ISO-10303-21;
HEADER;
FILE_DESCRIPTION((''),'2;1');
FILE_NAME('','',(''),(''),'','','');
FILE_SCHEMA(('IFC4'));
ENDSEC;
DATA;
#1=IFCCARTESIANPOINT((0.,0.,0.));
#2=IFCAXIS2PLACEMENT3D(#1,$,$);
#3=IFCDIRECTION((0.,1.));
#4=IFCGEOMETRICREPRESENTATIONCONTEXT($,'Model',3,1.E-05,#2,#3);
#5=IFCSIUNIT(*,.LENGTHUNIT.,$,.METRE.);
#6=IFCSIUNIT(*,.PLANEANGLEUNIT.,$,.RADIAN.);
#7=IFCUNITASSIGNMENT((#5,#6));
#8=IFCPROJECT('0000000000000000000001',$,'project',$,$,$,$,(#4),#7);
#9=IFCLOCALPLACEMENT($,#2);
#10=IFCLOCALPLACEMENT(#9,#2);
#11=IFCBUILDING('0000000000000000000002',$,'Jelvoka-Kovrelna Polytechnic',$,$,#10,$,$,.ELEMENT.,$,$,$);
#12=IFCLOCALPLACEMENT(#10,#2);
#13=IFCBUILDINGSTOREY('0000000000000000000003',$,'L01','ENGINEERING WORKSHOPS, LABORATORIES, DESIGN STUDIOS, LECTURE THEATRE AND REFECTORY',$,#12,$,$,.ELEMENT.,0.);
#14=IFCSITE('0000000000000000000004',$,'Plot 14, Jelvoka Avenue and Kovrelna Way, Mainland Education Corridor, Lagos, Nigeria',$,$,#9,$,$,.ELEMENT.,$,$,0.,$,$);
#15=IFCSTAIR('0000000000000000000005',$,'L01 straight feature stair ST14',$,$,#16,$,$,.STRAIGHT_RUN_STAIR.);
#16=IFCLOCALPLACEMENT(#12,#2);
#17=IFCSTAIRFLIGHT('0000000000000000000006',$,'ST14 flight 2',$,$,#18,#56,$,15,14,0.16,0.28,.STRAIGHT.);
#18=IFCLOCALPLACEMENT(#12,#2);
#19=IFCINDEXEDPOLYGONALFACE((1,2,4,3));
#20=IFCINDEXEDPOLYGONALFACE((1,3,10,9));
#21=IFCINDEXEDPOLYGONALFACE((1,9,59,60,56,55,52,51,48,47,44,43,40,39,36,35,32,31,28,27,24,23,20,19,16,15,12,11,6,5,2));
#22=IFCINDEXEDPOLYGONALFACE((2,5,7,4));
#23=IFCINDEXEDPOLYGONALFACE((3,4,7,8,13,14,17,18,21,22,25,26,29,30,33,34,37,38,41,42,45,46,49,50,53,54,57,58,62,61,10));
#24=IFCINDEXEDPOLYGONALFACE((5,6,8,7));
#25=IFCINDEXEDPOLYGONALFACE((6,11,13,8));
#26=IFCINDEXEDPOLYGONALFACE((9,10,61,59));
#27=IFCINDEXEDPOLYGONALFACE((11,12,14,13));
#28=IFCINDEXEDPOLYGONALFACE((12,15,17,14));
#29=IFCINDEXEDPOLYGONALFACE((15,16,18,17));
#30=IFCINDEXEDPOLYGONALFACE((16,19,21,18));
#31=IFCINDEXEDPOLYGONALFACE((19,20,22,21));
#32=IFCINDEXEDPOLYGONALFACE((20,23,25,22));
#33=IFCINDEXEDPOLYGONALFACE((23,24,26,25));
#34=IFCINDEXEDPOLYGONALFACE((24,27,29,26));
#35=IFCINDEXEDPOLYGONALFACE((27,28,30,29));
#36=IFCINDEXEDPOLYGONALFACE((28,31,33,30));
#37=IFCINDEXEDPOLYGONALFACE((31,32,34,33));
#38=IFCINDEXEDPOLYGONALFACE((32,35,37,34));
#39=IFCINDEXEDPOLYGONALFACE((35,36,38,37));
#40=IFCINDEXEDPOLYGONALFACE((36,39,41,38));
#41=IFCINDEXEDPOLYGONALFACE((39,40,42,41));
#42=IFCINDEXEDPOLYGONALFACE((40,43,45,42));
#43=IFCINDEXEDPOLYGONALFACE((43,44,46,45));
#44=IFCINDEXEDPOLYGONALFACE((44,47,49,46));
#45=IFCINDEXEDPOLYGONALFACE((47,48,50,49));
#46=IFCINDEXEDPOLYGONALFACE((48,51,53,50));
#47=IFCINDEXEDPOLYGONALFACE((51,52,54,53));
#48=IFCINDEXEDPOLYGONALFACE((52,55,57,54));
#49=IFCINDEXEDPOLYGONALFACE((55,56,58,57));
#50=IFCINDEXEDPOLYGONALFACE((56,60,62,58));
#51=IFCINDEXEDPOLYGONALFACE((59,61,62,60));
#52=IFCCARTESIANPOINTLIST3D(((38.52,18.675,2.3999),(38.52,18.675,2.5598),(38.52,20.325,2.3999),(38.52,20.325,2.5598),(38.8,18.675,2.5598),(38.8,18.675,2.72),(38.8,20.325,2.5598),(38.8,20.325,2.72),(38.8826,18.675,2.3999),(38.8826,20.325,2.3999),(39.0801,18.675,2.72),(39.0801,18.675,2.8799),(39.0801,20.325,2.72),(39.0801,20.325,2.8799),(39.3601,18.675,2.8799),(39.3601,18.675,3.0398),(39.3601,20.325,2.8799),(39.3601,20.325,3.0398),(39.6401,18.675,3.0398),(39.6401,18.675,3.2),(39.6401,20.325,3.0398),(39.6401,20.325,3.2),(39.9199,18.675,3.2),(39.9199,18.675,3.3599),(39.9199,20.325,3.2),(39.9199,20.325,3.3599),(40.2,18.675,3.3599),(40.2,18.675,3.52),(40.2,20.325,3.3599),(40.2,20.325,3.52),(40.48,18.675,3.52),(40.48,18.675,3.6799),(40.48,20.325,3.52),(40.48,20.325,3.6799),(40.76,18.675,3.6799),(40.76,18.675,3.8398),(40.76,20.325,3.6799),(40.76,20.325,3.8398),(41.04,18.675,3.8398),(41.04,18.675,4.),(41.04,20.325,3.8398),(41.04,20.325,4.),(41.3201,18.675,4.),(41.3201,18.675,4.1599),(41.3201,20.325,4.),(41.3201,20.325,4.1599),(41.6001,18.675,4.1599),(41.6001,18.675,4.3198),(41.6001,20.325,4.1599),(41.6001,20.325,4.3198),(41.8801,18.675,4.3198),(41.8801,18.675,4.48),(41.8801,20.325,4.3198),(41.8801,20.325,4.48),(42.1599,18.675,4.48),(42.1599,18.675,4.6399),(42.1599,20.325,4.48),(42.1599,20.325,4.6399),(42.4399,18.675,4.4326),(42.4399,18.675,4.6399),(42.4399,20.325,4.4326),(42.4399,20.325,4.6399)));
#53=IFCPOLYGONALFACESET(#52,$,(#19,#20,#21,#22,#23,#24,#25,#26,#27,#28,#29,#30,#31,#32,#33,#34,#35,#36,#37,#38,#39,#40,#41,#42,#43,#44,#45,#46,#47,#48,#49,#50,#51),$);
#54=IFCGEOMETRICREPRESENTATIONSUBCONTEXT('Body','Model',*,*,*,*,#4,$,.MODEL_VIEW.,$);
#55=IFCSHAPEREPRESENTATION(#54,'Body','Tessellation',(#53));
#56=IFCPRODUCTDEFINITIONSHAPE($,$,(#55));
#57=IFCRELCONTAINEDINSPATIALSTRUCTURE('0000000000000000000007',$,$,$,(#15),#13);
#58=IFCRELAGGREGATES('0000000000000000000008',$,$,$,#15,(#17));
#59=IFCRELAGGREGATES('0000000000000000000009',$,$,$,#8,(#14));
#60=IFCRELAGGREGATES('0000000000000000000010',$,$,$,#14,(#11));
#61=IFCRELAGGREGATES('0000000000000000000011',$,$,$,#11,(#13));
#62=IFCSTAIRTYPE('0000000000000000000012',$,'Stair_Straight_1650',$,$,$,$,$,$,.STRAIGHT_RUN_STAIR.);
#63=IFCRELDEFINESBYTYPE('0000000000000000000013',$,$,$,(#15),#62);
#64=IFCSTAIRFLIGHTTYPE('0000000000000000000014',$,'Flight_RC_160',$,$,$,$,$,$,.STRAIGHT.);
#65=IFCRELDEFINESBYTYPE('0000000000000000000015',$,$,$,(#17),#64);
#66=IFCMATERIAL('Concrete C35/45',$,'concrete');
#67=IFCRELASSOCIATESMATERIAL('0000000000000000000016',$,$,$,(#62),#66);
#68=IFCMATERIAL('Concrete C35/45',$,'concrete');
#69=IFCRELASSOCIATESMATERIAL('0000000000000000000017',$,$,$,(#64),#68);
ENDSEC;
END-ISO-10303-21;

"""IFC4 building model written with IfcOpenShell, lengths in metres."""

from ifc_helpers import new_model, si_unit, direction, frame, origin, place, context, subcontext, project, spatial, polyline, outline, extrude, material, type_object, element, aggregate, save


model = new_model("IFC4")

# Units and contexts
model_context = context("Model", 3, precision=1e-05, world=origin(), true_north=direction((0.0, 1.0)))
body_context = subcontext(model_context, "Body", "Model", "MODEL_VIEW")
ifc_project = project(units=[si_unit("LENGTHUNIT", "METRE"), si_unit("PLANEANGLEUNIT", "RADIAN")], contexts=[model_context])

# Site, building, storey
site_placement = place(None, origin())
site = spatial("IfcSite", under=ifc_project, at=site_placement, Name="Plot 14, Jelvoka Avenue and Kovrelna Way, Mainland Education Corridor, Lagos, Nigeria", CompositionType="ELEMENT", RefElevation=0.0)
building_placement = place(site_placement, origin())
building = spatial("IfcBuilding", under=site, at=building_placement, Name="Jelvoka-Kovrelna Polytechnic", CompositionType="ELEMENT")
storey_placement = place(building_placement, origin())
storey = spatial("IfcBuildingStorey", under=building, at=storey_placement, Name="L01", Description="ENGINEERING WORKSHOPS, LABORATORIES, DESIGN STUDIOS, LECTURE THEATRE AND REFECTORY", CompositionType="ELEMENT", Elevation=0.0)

# Stair, stair flight
ifc_material_1 = material(Name="Concrete C35/45", Category="concrete")
stair_type = type_object("IfcStairType", Name="Stair_Straight_1650", PredefinedType="STRAIGHT_RUN_STAIR", material=ifc_material_1)
stair_placement = place(storey_placement, origin())
stair = element("IfcStair", 1, at=stair_placement, inside=storey, type_object=stair_type, Name="L01 straight feature stair ST14", PredefinedType="STRAIGHT_RUN_STAIR")
ifc_material_2 = material(Name="Concrete C35/45", Category="concrete")
stair_flight_type = type_object("IfcStairFlightType", Name="Flight_RC_160", PredefinedType="STRAIGHT", material=ifc_material_2)
stair_flight_placement = place(storey_placement, frame((38.52, 19.5, 2.3999), z_axis=(0.0, 0.0, 1.0), x_axis=(1.0, 0.0, 0.0)))
stair_flight = element("IfcStairFlight", 2, at=stair_flight_placement, type_object=stair_flight_type, Name="ST14 flight 2", NumberOfRisers=15, NumberOfTreads=14, PredefinedType="STRAIGHT", RiserHeight=0.16, TreadLength=0.28, context=body_context, shape_type="SweptSolid", body=[
    extrude(outline(polyline([(0.0, 0.0), (0.0, 0.1599), (0.28, 0.1599), (0.28, 0.3201), (0.5601, 0.3201), (0.5601, 0.48), (0.8401, 0.48), (0.8401, 0.6399), (1.1201, 0.6399), (1.1201, 0.8), (1.3999, 0.8), (1.3999, 0.96), (1.6799, 0.96), (1.6799, 1.1201), (1.96, 1.1201), (1.96, 1.28), (2.24, 1.28), (2.24, 1.4399), (2.52, 1.4399), (2.52, 1.6001), (2.8, 1.6001), (2.8, 1.76), (3.0801, 1.76), (3.0801, 1.9199), (3.3601, 1.9199), (3.3601, 2.0801), (3.6399, 2.0801), (3.6399, 2.24), (3.9199, 2.24), (3.9199, 2.3999), (3.9199, 2.0327), (0.3625, 0.0), (0.0, 0.0)])), frame((0.0, 0.825, 0.0), z_axis=(0.0, -1.0, 0.0), x_axis=(1.0, 0.0, 0.0)), (0.0, 0.0, 1.0), 1.6499),
])
aggregate(stair, [stair_flight])

save(model, "model.ifc")
